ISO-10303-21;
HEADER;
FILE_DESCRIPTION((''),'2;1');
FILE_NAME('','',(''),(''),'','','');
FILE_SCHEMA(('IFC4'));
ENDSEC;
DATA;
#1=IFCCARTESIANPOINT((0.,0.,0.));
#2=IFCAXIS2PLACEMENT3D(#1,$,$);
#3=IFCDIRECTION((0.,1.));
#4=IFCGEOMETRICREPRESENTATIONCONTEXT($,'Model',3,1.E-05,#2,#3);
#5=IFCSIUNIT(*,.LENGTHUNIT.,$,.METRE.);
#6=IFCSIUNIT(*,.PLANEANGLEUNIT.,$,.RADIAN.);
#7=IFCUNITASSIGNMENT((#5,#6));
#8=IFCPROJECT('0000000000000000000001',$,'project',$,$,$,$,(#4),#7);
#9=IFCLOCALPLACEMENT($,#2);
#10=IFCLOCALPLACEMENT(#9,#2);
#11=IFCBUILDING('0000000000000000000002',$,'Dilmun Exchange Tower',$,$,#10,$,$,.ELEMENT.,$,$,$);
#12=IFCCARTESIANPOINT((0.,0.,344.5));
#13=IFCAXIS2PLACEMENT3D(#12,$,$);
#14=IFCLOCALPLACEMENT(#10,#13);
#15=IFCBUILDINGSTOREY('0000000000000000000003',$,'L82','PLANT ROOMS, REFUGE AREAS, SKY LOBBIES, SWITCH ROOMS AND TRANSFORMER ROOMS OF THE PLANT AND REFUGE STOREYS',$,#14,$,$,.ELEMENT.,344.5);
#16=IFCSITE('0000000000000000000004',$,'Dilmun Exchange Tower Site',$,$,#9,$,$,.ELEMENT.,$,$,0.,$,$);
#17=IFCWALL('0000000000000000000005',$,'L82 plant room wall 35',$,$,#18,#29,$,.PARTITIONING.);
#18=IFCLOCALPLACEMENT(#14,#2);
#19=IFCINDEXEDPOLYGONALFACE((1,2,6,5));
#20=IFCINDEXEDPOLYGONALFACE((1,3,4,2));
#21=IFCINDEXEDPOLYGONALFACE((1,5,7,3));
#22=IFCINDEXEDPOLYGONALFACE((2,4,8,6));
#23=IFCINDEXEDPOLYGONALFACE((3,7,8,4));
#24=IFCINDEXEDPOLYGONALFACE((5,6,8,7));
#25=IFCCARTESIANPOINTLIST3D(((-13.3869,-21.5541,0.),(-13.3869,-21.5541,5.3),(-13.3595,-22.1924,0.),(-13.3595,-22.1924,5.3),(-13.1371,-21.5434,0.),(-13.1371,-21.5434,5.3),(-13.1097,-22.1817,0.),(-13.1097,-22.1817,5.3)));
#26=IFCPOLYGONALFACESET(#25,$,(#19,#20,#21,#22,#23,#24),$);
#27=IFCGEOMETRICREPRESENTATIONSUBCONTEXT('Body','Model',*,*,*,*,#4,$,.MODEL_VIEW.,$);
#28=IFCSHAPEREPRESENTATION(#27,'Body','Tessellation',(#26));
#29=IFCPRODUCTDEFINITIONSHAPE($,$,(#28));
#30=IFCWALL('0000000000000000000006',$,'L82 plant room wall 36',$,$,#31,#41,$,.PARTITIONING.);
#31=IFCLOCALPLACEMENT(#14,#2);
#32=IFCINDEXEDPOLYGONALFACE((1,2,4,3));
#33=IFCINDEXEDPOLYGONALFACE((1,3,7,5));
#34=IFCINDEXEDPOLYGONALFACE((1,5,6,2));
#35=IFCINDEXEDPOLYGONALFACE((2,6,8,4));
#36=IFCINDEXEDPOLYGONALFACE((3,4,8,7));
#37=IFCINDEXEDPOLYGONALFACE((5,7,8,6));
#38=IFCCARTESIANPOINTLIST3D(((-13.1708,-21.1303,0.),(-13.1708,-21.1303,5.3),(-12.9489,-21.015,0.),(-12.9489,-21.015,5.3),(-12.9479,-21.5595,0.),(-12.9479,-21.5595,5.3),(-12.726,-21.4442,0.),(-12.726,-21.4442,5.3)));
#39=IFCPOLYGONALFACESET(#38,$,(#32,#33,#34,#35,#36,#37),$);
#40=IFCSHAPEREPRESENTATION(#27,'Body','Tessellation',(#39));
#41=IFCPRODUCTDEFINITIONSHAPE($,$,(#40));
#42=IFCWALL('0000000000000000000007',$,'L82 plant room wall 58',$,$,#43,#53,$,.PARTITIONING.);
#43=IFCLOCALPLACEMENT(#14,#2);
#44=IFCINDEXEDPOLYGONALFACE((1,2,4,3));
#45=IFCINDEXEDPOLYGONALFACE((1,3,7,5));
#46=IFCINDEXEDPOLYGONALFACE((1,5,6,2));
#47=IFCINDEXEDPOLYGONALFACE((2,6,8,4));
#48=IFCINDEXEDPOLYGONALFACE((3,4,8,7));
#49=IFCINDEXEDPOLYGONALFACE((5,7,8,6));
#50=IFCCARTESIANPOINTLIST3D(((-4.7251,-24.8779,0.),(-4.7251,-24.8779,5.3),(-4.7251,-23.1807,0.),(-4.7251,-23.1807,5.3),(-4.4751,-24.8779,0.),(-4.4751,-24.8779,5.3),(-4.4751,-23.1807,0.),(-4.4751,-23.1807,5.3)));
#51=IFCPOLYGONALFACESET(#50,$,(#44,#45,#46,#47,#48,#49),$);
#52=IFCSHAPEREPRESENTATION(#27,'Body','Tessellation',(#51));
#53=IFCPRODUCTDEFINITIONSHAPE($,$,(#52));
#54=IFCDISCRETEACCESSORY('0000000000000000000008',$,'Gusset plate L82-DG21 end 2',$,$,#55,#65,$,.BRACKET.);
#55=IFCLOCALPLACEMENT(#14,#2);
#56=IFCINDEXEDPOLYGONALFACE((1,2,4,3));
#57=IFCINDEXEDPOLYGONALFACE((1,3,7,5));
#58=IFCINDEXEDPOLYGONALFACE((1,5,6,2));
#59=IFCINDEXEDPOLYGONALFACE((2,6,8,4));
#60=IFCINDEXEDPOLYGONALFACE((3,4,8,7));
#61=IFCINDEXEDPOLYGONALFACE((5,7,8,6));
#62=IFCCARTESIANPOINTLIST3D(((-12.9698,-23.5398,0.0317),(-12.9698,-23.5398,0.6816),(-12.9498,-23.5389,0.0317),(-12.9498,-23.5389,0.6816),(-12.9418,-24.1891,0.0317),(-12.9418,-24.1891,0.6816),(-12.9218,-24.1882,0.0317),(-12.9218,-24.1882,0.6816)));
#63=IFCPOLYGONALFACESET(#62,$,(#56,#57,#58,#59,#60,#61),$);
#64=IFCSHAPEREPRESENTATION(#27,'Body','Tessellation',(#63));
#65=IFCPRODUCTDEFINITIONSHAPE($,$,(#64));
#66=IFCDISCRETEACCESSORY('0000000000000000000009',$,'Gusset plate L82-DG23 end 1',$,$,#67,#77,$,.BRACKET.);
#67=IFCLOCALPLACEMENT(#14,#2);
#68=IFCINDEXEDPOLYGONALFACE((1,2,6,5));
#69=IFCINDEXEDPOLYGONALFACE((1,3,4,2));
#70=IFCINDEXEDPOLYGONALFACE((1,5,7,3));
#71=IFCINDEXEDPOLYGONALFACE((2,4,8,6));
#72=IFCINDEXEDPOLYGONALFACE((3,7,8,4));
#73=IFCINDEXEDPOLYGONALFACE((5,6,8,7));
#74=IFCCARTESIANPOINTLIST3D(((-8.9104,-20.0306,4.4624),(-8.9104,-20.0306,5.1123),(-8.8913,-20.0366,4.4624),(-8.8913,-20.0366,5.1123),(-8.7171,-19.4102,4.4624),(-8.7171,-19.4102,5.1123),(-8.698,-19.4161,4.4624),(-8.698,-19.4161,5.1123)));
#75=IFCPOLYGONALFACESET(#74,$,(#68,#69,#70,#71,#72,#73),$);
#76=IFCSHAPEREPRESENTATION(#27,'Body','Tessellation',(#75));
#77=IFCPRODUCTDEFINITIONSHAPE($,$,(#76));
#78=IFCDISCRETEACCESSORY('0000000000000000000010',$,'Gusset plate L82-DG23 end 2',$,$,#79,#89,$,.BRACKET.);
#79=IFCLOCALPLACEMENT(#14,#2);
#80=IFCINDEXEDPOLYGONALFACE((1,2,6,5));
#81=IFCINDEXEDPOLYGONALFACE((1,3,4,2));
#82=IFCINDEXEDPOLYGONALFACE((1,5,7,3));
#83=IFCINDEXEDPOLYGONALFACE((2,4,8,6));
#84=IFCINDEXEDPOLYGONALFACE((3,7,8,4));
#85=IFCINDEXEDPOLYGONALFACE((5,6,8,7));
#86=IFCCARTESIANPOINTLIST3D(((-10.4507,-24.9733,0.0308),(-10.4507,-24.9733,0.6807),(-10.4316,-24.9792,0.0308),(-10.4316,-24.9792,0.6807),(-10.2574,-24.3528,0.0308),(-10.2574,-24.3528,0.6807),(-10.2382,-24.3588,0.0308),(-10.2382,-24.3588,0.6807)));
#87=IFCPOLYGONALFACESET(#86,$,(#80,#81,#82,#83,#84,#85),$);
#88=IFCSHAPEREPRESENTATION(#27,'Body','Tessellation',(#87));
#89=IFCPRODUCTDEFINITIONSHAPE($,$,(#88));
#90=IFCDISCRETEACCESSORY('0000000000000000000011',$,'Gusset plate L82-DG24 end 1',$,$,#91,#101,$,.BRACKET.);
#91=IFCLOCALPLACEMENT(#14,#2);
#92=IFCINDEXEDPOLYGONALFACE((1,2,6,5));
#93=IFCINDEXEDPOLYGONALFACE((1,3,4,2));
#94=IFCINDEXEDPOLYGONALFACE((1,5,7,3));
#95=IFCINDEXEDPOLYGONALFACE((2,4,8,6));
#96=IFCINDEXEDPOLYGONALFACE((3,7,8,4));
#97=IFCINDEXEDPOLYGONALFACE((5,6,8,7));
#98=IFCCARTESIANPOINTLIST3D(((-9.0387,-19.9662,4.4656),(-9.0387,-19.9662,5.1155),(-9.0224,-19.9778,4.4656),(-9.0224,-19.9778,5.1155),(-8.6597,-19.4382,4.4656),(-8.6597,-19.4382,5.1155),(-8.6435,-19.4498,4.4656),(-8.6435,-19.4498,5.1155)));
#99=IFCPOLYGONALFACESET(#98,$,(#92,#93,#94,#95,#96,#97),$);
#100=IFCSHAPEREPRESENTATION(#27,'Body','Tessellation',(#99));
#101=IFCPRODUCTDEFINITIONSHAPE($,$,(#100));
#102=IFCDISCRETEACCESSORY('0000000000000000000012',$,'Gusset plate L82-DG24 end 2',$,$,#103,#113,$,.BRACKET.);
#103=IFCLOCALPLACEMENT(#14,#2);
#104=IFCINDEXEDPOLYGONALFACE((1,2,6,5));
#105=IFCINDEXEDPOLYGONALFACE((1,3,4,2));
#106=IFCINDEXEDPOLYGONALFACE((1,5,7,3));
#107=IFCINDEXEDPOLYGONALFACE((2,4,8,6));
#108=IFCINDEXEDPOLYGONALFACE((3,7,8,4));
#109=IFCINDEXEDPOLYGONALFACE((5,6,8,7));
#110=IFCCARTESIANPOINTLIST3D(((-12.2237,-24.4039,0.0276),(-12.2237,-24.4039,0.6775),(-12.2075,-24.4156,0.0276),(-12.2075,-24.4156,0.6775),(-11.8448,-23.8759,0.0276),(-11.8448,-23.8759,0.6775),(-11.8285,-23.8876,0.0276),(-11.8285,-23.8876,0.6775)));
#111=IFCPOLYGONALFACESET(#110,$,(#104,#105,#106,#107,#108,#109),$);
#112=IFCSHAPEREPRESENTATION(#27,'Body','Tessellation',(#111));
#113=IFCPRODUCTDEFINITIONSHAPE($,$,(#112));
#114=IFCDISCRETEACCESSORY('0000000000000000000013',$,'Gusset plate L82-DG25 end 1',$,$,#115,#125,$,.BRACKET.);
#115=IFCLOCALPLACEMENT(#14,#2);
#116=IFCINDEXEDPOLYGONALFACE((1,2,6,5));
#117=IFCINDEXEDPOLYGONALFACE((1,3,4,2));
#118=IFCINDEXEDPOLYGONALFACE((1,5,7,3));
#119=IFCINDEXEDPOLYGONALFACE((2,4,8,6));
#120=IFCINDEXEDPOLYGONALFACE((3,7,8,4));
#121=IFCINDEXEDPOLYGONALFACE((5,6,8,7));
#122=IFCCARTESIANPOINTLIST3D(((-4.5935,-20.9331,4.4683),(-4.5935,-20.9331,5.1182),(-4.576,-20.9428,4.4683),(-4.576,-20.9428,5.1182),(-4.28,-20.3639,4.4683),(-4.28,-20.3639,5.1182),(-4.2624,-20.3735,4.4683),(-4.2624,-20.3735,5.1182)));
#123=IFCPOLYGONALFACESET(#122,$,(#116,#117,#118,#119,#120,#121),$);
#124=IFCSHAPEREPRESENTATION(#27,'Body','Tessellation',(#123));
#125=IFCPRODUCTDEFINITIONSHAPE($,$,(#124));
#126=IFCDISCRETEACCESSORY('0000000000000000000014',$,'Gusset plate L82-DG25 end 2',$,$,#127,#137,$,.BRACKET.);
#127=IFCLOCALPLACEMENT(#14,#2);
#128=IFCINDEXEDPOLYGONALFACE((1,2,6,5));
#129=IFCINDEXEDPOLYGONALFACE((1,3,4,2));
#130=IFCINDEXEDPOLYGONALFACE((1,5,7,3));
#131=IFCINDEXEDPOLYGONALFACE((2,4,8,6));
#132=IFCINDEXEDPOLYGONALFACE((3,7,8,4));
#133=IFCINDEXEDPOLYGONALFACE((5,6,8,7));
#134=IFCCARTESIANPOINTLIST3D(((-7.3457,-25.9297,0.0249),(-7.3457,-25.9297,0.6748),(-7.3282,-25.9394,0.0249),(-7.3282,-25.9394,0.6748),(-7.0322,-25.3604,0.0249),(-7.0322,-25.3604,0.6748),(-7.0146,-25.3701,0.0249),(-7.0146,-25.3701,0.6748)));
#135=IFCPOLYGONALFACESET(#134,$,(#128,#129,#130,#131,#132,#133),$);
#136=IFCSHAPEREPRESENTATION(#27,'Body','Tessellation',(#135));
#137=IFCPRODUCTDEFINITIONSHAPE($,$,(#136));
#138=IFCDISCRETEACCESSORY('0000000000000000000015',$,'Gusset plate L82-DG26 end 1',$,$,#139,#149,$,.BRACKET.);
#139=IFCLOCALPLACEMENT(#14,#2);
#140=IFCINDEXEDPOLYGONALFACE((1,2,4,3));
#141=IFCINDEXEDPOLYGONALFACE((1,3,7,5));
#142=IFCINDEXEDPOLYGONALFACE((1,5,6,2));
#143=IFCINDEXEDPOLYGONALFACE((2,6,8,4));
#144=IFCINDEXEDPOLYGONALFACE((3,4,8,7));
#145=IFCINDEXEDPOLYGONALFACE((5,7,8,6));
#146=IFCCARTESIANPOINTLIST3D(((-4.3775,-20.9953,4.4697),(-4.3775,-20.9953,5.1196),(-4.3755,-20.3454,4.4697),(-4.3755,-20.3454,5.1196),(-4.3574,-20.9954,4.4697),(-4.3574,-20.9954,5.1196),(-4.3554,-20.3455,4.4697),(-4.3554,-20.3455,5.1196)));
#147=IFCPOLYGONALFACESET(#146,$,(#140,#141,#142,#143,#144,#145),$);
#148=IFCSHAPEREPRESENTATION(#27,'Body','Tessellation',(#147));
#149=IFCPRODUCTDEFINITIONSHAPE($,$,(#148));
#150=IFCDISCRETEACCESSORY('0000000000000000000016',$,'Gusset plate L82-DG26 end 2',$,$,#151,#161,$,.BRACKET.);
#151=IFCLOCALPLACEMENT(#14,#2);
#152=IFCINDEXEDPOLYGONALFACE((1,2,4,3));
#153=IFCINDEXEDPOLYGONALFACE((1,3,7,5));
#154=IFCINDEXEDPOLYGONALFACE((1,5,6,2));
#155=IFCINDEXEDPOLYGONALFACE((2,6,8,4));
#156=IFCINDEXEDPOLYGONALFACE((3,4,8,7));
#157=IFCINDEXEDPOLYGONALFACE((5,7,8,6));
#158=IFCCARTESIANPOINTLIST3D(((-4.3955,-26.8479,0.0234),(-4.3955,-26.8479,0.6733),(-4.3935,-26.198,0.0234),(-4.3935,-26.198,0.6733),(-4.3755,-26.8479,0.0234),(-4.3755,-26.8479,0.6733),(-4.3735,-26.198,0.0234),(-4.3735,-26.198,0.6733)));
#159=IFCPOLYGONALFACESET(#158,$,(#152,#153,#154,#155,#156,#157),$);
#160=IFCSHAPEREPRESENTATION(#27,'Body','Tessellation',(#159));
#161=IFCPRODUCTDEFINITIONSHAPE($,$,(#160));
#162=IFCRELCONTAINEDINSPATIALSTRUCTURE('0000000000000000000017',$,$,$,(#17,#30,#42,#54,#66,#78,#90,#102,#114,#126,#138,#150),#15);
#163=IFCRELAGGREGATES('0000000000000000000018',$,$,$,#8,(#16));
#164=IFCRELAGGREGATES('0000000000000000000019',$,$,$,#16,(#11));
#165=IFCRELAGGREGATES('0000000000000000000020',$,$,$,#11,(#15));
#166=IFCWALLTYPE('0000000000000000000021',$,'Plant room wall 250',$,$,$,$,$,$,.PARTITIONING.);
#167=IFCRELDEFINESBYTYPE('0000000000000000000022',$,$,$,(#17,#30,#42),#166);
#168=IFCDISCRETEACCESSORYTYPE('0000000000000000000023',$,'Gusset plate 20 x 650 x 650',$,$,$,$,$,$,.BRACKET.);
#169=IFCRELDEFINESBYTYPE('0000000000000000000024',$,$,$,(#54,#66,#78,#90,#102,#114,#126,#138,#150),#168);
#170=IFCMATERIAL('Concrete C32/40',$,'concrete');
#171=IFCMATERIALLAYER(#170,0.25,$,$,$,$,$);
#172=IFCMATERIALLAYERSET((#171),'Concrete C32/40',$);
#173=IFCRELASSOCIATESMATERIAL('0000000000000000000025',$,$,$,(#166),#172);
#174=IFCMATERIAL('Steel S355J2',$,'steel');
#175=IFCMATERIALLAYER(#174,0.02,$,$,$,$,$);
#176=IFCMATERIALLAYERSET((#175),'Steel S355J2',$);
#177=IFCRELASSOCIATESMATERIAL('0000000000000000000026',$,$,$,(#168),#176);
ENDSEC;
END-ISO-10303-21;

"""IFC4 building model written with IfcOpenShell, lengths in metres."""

from ifc_helpers import new_model, si_unit, direction, frame, frame_2d, origin, origin_2d, place, context, subcontext, project, spatial, rectangle, extrude, material, layer, layer_set, type_object, element, save


model = new_model("IFC4")

# Units and contexts
model_context = context("Model", 3, precision=1e-05, world=origin(), true_north=direction((0.0, 1.0)))
body_context = subcontext(model_context, "Body", "Model", "MODEL_VIEW")
ifc_project = project(units=[si_unit("LENGTHUNIT", "METRE"), si_unit("PLANEANGLEUNIT", "RADIAN")], contexts=[model_context])

# Site, building, storey
site_placement = place(None, origin())
site = spatial("IfcSite", under=ifc_project, at=site_placement, Name="Dilmun Exchange Tower Site", CompositionType="ELEMENT", RefElevation=0.0)
building_placement = place(site_placement, origin())
building = spatial("IfcBuilding", under=site, at=building_placement, Name="Dilmun Exchange Tower", CompositionType="ELEMENT")
storey_placement = place(building_placement, frame((0.0, 0.0, 344.5)))
storey = spatial("IfcBuildingStorey", under=building, at=storey_placement, Name="L82", Description="PLANT ROOMS, REFUGE AREAS, SKY LOBBIES, SWITCH ROOMS AND TRANSFORMER ROOMS OF THE PLANT AND REFUGE STOREYS", CompositionType="ELEMENT", Elevation=344.5)

# Walls
ifc_material_1 = material(Name="Concrete C32/40", Category="concrete")
ifc_layer_1 = layer(ifc_material_1, 0.25)
ifc_layer_set_1 = layer_set([ifc_layer_1], Name="Concrete C32/40")
wall_type = type_object("IfcWallType", Name="Plant room wall 250", PredefinedType="PARTITIONING", material=ifc_layer_set_1)
wall_1_placement = place(storey_placement, frame((-13.262, -21.5488, 0.0), z_axis=(0.0, 0.0, 1.0), x_axis=(0.042791, -0.999084, 0.0)))
element("IfcWall", 1, at=wall_1_placement, inside=storey, type_object=wall_type, Name="L82 plant room wall 35", PredefinedType="PARTITIONING", context=body_context, shape_type="SweptSolid", body=[
    extrude(rectangle(XDim=0.6389, YDim=0.25, at=frame_2d((0.3193, 0.0))), origin(), (0.0, 0.0, 1.0), 5.3),
])
wall_2_placement = place(storey_placement, frame((-13.0598, -21.0728, 0.0), z_axis=(0.0, 0.0, 1.0), x_axis=(0.460892, -0.887456, 0.0)))
element("IfcWall", 2, at=wall_2_placement, inside=storey, type_object=wall_type, Name="L82 plant room wall 36", PredefinedType="PARTITIONING", context=body_context, shape_type="SweptSolid", body=[
    extrude(rectangle(XDim=0.4836, YDim=0.25, at=frame_2d((0.2417, 0.0))), origin(), (0.0, 0.0, 1.0), 5.3),
])
wall_3_placement = place(storey_placement, frame((-4.6001, -24.8779, 0.0), z_axis=(0.0, 0.0, 1.0), x_axis=(0.0, 1.0, 0.0)))
element("IfcWall", 3, at=wall_3_placement, inside=storey, type_object=wall_type, Name="L82 plant room wall 58", PredefinedType="PARTITIONING", context=body_context, shape_type="SweptSolid", body=[
    extrude(rectangle(XDim=1.6973, YDim=0.25, at=frame_2d((0.8486, 0.0))), origin(), (0.0, 0.0, 1.0), 5.3),
])

# Discrete accessories
ifc_material_2 = material(Name="Steel S355J2", Category="steel")
ifc_layer_2 = layer(ifc_material_2, 0.02)
ifc_layer_set_2 = layer_set([ifc_layer_2], Name="Steel S355J2")
discrete_accessory_type = type_object("IfcDiscreteAccessoryType", Name="Gusset plate 20 x 650 x 650", PredefinedType="BRACKET", material=ifc_layer_set_2)
for number, where, z_axis, x_axis, name in (
    (4, (-12.9458, -23.864, 0.0317), (0.0, 0.0, 1.0), (0.04296, -0.999077, 0.0), "Gusset plate L82-DG21 end 2"),
    (5, (-8.8042, -19.7234, 4.4624), (0.0, 0.0, 1.0), (-0.297533, -0.954711, 0.0), "Gusset plate L82-DG23 end 1"),
    (6, (-10.3445, -24.666, 0.0308), (0.0, 0.0, 1.0), (-0.297533, -0.954711, 0.0), "Gusset plate L82-DG23 end 2"),
    (7, (-8.8411, -19.708, 4.4656), (0.0, 0.0, 1.0), (-0.58308, -0.812414, 0.0), "Gusset plate L82-DG24 end 1"),
    (8, (-12.0261, -24.1458, 0.0276), (0.0, 0.0, 1.0), (-0.58308, -0.812414, 0.0), "Gusset plate L82-DG24 end 2"),
    (9, (-4.428, -20.6533, 4.4683), (0.0, 0.0, 1.0), (-0.482485, -0.875904, 0.0), "Gusset plate L82-DG25 end 1"),
    (10, (-7.1802, -25.6499, 0.0249), (0.0, 0.0, 1.0), (-0.482485, -0.875904, 0.0), "Gusset plate L82-DG25 end 2"),
    (11, (-4.3665, -20.6704, 4.4697), (0.0, 0.0, 1.0), (-0.003077, -0.999995, 0.0), "Gusset plate L82-DG26 end 1"),
    (12, (-4.3845, -26.5229, 0.0234), (0.0, 0.0, 1.0), (-0.003077, -0.999995, 0.0), "Gusset plate L82-DG26 end 2"),
):
    element("IfcDiscreteAccessory", number, at=place(storey_placement, frame(where, z_axis=z_axis, x_axis=x_axis)), inside=storey, type_object=discrete_accessory_type, Name=name, PredefinedType="BRACKET", context=body_context, shape_type="SweptSolid", body=[
        extrude(rectangle(XDim=0.6499, YDim=0.02, at=origin_2d()), origin(), (0.0, 0.0, 1.0), 0.6499),
    ])

save(model, "model.ifc")
